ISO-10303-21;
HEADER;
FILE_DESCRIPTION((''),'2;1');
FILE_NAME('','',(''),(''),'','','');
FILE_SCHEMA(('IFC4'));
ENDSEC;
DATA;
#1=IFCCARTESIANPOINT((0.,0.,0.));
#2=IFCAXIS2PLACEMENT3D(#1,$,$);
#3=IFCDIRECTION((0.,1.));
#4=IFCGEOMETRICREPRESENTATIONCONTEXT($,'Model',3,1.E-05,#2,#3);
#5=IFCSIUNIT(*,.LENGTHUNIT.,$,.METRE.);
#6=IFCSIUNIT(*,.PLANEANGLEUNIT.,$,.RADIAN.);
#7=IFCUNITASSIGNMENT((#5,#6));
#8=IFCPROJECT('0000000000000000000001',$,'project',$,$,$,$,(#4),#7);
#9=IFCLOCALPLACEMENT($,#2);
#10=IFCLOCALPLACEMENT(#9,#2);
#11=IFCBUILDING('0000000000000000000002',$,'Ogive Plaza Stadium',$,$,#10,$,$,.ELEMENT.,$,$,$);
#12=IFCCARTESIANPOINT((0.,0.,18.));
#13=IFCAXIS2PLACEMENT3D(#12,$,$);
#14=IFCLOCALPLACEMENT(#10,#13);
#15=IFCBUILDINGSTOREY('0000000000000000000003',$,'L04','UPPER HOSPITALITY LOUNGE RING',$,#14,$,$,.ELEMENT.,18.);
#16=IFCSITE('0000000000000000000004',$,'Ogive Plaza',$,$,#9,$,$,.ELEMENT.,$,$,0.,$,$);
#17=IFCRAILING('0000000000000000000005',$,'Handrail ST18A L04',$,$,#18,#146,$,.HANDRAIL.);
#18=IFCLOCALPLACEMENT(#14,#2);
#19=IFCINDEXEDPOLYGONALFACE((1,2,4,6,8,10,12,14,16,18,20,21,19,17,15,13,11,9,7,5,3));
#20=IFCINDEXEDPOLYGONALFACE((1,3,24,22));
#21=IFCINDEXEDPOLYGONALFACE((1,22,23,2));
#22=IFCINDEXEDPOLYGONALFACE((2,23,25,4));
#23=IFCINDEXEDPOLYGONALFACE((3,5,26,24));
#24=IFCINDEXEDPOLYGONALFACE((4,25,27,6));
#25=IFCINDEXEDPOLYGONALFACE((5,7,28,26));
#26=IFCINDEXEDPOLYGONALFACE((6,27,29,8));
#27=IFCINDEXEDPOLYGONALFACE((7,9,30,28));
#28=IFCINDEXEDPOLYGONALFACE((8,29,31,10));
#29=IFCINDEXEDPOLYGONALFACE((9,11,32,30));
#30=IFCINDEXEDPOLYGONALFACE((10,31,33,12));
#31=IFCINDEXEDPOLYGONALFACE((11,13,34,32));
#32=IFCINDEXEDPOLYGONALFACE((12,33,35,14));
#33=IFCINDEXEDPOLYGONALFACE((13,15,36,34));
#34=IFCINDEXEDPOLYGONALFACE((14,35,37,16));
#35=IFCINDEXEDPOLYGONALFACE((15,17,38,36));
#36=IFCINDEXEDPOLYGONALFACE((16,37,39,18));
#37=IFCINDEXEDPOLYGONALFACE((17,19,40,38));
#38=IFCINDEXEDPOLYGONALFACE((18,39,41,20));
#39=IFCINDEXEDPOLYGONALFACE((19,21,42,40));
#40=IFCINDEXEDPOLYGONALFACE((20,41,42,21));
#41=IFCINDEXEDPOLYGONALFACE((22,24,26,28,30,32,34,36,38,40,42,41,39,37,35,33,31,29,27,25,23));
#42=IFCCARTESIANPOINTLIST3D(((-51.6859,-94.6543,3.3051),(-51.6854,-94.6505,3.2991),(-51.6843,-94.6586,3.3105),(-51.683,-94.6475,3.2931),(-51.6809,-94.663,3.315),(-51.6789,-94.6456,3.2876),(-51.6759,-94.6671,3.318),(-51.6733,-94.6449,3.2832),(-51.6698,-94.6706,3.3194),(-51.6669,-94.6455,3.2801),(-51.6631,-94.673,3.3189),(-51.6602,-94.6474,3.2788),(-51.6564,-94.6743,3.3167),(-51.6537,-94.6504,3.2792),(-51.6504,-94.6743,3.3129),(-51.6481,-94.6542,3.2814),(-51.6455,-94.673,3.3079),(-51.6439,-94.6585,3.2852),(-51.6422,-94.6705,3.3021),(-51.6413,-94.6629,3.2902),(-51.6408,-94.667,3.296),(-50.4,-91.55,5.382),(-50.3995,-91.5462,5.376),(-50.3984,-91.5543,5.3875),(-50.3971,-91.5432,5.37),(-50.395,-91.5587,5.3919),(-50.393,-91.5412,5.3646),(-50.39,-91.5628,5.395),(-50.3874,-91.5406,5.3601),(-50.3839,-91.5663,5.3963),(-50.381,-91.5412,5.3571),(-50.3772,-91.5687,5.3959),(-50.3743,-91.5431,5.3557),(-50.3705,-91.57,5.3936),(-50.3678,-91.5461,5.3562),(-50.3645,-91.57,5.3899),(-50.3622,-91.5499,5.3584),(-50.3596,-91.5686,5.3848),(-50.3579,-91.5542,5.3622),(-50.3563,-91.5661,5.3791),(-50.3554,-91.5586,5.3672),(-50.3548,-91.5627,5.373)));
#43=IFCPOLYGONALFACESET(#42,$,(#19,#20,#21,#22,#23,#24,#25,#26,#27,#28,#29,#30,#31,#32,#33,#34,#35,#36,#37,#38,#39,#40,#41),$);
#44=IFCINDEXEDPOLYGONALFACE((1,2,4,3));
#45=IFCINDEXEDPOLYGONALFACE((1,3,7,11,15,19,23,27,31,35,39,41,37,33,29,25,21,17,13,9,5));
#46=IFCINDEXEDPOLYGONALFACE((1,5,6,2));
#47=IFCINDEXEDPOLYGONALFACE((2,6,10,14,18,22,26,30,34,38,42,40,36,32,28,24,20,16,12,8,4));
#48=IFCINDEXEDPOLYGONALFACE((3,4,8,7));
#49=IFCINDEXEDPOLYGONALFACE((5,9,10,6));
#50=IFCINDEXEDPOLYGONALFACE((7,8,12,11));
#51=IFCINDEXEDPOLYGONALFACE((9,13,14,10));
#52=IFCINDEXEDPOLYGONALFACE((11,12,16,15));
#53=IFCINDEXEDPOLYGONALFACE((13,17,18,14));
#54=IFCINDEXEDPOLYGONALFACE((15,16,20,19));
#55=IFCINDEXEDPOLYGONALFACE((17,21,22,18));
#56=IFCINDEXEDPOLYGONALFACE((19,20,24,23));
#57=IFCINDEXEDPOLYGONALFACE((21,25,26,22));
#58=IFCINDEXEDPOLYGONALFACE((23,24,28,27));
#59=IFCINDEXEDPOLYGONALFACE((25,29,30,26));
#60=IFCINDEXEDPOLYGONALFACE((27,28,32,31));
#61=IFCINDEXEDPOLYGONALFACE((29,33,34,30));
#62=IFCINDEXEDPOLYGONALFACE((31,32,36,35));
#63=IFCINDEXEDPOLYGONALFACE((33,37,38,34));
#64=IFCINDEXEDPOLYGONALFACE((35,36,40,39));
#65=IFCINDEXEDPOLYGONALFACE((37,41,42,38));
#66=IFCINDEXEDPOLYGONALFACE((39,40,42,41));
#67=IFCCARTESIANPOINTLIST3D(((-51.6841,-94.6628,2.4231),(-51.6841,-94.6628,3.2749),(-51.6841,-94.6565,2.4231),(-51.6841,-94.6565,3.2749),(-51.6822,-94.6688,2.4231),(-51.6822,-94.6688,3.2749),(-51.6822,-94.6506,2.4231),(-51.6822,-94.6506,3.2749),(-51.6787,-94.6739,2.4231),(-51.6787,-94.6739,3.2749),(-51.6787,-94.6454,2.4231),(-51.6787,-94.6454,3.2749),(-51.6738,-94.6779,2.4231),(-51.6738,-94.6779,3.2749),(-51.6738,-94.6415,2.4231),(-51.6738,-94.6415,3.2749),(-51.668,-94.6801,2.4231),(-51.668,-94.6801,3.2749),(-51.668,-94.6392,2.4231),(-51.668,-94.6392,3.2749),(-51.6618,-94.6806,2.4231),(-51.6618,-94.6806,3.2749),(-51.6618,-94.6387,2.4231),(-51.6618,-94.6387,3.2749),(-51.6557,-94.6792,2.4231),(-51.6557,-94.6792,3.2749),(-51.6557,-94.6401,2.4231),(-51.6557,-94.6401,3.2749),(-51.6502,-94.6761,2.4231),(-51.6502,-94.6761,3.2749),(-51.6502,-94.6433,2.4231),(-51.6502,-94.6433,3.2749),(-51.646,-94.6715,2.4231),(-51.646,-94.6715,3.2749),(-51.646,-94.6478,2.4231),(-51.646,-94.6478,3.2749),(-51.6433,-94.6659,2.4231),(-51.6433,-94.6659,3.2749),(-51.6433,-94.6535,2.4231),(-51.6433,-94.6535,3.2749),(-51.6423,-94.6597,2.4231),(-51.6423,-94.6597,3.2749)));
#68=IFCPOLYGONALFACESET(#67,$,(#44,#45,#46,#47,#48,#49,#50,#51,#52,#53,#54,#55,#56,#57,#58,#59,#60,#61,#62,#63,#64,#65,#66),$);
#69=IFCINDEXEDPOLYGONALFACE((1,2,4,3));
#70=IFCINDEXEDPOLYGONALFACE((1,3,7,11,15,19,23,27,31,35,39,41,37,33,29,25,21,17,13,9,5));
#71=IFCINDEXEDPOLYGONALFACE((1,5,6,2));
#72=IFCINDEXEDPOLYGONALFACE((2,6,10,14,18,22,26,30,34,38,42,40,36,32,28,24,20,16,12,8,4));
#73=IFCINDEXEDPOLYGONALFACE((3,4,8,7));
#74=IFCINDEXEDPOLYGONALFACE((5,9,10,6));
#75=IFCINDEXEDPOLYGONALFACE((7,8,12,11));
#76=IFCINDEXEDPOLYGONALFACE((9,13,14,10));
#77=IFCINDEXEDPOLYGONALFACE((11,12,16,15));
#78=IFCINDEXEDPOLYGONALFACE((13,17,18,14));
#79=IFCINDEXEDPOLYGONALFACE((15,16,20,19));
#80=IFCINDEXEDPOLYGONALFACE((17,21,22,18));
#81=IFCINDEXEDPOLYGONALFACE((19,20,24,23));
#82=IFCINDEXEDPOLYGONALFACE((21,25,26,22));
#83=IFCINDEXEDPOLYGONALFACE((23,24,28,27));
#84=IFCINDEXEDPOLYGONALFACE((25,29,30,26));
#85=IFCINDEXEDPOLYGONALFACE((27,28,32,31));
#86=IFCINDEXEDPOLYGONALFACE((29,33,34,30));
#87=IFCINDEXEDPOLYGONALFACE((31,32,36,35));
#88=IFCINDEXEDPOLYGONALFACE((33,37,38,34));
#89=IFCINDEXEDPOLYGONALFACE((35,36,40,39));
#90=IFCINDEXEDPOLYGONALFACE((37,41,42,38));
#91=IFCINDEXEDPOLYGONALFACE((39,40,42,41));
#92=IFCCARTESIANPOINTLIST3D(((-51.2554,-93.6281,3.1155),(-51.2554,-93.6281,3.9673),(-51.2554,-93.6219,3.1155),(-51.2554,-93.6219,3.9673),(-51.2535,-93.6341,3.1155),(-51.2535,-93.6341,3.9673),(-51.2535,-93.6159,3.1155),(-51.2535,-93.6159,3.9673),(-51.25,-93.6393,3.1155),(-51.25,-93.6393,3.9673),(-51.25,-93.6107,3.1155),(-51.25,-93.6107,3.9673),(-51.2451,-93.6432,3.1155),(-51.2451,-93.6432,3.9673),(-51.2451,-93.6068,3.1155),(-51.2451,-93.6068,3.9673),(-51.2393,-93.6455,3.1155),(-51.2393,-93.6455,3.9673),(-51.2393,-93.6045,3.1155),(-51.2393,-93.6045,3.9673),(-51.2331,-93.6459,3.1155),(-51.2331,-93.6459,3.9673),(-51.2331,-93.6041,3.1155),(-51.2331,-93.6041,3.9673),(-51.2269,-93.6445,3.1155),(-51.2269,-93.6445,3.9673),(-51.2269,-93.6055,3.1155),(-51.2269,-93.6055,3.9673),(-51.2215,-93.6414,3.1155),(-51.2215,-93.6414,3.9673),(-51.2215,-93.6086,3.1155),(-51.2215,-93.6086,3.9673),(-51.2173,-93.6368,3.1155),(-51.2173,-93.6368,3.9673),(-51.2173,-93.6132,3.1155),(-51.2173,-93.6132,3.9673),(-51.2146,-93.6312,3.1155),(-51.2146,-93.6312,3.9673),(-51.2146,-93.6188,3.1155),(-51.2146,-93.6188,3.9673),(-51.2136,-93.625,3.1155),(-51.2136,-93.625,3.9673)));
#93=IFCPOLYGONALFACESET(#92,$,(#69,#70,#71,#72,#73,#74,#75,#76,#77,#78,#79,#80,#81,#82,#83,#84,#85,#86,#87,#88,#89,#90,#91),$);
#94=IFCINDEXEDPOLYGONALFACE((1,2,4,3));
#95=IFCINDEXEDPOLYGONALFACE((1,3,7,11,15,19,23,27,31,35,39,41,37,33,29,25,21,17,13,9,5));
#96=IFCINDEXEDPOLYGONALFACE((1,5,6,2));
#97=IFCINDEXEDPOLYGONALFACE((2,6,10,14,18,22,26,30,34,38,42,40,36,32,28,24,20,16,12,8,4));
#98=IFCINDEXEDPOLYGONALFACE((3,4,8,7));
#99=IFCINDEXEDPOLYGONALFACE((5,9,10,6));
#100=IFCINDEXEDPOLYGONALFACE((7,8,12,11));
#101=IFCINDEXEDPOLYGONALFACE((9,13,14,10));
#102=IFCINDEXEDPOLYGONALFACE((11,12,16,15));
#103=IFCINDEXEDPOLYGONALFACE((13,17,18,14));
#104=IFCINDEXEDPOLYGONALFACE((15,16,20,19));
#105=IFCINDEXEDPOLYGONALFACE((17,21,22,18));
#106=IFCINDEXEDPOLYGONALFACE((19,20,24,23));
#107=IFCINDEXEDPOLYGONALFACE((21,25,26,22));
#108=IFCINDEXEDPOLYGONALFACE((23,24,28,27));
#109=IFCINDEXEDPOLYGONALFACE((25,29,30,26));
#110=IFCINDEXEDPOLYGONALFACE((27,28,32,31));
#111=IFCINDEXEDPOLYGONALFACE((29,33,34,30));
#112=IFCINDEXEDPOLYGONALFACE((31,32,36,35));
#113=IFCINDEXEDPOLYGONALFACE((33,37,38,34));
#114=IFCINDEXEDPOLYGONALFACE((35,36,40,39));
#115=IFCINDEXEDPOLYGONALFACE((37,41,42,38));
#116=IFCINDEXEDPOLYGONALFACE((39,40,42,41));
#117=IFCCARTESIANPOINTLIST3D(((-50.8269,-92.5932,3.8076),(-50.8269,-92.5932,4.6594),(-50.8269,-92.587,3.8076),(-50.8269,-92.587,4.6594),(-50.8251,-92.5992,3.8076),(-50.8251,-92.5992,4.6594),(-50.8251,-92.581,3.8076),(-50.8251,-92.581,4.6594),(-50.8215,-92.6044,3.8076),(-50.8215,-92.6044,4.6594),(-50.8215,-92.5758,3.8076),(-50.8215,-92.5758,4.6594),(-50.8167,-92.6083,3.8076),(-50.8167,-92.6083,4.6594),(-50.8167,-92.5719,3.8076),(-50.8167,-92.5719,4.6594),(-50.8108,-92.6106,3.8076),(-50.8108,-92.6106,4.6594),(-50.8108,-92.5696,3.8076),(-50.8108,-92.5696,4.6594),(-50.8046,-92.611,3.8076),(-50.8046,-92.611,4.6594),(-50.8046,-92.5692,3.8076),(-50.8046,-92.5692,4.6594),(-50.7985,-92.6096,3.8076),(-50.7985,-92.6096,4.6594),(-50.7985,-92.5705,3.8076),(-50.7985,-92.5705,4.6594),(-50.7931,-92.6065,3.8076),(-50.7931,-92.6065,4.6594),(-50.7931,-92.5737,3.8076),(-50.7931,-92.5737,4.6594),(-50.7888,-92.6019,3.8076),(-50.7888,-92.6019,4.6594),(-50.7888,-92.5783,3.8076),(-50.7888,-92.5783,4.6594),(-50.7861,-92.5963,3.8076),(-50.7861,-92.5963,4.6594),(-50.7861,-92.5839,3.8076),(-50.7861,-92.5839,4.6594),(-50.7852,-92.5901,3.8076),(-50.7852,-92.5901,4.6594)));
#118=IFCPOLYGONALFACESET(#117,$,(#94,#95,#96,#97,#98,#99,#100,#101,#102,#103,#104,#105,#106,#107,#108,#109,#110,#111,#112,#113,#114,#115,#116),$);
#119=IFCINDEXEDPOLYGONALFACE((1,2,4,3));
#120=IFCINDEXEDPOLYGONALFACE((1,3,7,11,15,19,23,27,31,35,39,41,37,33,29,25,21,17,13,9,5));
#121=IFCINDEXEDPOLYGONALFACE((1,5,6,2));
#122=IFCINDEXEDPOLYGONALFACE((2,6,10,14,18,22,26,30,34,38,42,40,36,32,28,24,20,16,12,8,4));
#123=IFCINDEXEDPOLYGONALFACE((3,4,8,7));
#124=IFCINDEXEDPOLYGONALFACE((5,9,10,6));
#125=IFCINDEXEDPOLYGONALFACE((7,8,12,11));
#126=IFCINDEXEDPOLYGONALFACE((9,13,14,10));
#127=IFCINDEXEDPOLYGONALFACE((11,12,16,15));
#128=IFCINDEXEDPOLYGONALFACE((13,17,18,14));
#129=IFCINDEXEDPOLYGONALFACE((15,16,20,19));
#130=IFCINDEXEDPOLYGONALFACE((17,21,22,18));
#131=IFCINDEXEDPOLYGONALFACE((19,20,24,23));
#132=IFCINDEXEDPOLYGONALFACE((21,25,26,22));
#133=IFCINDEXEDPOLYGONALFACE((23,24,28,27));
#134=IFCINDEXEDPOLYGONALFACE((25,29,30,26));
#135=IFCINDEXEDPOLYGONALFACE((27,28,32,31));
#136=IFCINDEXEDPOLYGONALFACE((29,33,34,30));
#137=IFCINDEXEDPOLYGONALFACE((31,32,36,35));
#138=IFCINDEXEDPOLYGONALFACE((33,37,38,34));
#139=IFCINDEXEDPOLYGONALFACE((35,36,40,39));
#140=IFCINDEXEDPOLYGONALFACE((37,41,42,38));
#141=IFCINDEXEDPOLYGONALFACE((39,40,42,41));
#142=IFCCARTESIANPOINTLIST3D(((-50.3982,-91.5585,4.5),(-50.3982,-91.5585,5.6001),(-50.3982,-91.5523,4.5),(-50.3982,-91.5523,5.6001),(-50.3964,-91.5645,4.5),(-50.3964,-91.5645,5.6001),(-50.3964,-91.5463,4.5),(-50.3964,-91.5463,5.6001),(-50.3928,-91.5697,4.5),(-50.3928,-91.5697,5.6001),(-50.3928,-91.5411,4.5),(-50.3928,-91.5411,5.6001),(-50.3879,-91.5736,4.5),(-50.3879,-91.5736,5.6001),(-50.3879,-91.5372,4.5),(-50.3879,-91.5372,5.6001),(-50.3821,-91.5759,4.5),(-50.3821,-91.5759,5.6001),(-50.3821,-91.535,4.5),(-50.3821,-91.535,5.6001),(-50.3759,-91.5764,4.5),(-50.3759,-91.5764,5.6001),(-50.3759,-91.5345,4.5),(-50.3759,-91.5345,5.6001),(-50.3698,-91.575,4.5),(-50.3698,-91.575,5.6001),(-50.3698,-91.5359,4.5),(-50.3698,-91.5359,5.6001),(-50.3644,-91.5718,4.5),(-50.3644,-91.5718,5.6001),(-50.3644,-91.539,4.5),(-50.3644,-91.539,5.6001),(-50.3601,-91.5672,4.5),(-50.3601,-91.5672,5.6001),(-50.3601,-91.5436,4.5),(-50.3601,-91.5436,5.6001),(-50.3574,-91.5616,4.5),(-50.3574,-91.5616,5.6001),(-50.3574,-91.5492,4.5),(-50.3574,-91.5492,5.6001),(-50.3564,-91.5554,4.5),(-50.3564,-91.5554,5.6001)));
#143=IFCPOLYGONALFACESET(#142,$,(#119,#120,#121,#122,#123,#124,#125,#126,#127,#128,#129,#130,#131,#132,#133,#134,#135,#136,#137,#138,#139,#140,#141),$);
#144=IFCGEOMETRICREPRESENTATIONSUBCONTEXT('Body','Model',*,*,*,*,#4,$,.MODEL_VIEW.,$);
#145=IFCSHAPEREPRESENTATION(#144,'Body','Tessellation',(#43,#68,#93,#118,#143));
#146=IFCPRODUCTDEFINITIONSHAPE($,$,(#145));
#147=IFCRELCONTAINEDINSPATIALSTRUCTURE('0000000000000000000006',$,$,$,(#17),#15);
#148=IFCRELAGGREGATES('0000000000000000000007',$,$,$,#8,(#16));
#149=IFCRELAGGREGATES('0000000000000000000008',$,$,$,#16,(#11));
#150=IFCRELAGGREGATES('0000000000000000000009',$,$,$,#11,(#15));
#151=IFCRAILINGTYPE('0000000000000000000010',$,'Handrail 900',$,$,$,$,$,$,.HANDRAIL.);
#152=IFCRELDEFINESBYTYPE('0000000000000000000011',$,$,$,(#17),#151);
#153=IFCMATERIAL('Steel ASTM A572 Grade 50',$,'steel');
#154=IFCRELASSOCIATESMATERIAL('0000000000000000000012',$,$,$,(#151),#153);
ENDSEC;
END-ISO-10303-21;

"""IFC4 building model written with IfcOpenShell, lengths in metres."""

from ifc_helpers import new_model, si_unit, direction, frame, origin, origin_2d, place, context, subcontext, project, spatial, circle, extrude, material, type_object, element, save


model = new_model("IFC4")

# Units and contexts
model_context = context("Model", 3, precision=1e-05, world=origin(), true_north=direction((0.0, 1.0)))
body_context = subcontext(model_context, "Body", "Model", "MODEL_VIEW")
ifc_project = project(units=[si_unit("LENGTHUNIT", "METRE"), si_unit("PLANEANGLEUNIT", "RADIAN")], contexts=[model_context])

# Site, building, storey
site_placement = place(None, origin())
site = spatial("IfcSite", under=ifc_project, at=site_placement, Name="Ogive Plaza", CompositionType="ELEMENT", RefElevation=0.0)
building_placement = place(site_placement, origin())
building = spatial("IfcBuilding", under=site, at=building_placement, Name="Ogive Plaza Stadium", CompositionType="ELEMENT")
storey_placement = place(building_placement, frame((0.0, 0.0, 18.0)))
storey = spatial("IfcBuildingStorey", under=building, at=storey_placement, Name="L04", Description="UPPER HOSPITALITY LOUNGE RING", CompositionType="ELEMENT", Elevation=18.0)

# Railing
ifc_material_1 = material(Name="Steel ASTM A572 Grade 50", Category="steel")
railing_type_1 = type_object("IfcRailingType", Name="Handrail 900", PredefinedType="HANDRAIL", material=ifc_material_1)
railing_1_placement = place(storey_placement, frame((-51.6633, -94.6597, 2.4231)))
element("IfcRailing", 1, at=railing_1_placement, inside=storey, type_object=railing_type_1, Name="Handrail ST18A L04", PredefinedType="HANDRAIL", context=body_context, shape_type="SweptSolid", body=[
    extrude(circle(Radius=0.0239, at=origin_2d()), frame((0.0, 0.0, 0.876), z_axis=(0.325532, 0.785863, 0.525783), x_axis=(-0.923872, 0.3827, 0.0)), (0.0, 0.0, 1.0), 3.9502),
    extrude(circle(Radius=0.021, at=origin_2d()), origin(), (0.0, 0.0, 1.0), 0.8518),
    extrude(circle(Radius=0.021, at=origin_2d()), frame((0.4287, 1.0347, 0.6924)), (0.0, 0.0, 1.0), 0.8518),
    extrude(circle(Radius=0.021, at=origin_2d()), frame((0.8572, 2.0696, 1.3845)), (0.0, 0.0, 1.0), 0.8518),
    extrude(circle(Radius=0.021, at=origin_2d()), frame((1.2859, 3.1042, 2.0769)), (0.0, 0.0, 1.0), 1.1001),
])

save(model, "model.ifc")
